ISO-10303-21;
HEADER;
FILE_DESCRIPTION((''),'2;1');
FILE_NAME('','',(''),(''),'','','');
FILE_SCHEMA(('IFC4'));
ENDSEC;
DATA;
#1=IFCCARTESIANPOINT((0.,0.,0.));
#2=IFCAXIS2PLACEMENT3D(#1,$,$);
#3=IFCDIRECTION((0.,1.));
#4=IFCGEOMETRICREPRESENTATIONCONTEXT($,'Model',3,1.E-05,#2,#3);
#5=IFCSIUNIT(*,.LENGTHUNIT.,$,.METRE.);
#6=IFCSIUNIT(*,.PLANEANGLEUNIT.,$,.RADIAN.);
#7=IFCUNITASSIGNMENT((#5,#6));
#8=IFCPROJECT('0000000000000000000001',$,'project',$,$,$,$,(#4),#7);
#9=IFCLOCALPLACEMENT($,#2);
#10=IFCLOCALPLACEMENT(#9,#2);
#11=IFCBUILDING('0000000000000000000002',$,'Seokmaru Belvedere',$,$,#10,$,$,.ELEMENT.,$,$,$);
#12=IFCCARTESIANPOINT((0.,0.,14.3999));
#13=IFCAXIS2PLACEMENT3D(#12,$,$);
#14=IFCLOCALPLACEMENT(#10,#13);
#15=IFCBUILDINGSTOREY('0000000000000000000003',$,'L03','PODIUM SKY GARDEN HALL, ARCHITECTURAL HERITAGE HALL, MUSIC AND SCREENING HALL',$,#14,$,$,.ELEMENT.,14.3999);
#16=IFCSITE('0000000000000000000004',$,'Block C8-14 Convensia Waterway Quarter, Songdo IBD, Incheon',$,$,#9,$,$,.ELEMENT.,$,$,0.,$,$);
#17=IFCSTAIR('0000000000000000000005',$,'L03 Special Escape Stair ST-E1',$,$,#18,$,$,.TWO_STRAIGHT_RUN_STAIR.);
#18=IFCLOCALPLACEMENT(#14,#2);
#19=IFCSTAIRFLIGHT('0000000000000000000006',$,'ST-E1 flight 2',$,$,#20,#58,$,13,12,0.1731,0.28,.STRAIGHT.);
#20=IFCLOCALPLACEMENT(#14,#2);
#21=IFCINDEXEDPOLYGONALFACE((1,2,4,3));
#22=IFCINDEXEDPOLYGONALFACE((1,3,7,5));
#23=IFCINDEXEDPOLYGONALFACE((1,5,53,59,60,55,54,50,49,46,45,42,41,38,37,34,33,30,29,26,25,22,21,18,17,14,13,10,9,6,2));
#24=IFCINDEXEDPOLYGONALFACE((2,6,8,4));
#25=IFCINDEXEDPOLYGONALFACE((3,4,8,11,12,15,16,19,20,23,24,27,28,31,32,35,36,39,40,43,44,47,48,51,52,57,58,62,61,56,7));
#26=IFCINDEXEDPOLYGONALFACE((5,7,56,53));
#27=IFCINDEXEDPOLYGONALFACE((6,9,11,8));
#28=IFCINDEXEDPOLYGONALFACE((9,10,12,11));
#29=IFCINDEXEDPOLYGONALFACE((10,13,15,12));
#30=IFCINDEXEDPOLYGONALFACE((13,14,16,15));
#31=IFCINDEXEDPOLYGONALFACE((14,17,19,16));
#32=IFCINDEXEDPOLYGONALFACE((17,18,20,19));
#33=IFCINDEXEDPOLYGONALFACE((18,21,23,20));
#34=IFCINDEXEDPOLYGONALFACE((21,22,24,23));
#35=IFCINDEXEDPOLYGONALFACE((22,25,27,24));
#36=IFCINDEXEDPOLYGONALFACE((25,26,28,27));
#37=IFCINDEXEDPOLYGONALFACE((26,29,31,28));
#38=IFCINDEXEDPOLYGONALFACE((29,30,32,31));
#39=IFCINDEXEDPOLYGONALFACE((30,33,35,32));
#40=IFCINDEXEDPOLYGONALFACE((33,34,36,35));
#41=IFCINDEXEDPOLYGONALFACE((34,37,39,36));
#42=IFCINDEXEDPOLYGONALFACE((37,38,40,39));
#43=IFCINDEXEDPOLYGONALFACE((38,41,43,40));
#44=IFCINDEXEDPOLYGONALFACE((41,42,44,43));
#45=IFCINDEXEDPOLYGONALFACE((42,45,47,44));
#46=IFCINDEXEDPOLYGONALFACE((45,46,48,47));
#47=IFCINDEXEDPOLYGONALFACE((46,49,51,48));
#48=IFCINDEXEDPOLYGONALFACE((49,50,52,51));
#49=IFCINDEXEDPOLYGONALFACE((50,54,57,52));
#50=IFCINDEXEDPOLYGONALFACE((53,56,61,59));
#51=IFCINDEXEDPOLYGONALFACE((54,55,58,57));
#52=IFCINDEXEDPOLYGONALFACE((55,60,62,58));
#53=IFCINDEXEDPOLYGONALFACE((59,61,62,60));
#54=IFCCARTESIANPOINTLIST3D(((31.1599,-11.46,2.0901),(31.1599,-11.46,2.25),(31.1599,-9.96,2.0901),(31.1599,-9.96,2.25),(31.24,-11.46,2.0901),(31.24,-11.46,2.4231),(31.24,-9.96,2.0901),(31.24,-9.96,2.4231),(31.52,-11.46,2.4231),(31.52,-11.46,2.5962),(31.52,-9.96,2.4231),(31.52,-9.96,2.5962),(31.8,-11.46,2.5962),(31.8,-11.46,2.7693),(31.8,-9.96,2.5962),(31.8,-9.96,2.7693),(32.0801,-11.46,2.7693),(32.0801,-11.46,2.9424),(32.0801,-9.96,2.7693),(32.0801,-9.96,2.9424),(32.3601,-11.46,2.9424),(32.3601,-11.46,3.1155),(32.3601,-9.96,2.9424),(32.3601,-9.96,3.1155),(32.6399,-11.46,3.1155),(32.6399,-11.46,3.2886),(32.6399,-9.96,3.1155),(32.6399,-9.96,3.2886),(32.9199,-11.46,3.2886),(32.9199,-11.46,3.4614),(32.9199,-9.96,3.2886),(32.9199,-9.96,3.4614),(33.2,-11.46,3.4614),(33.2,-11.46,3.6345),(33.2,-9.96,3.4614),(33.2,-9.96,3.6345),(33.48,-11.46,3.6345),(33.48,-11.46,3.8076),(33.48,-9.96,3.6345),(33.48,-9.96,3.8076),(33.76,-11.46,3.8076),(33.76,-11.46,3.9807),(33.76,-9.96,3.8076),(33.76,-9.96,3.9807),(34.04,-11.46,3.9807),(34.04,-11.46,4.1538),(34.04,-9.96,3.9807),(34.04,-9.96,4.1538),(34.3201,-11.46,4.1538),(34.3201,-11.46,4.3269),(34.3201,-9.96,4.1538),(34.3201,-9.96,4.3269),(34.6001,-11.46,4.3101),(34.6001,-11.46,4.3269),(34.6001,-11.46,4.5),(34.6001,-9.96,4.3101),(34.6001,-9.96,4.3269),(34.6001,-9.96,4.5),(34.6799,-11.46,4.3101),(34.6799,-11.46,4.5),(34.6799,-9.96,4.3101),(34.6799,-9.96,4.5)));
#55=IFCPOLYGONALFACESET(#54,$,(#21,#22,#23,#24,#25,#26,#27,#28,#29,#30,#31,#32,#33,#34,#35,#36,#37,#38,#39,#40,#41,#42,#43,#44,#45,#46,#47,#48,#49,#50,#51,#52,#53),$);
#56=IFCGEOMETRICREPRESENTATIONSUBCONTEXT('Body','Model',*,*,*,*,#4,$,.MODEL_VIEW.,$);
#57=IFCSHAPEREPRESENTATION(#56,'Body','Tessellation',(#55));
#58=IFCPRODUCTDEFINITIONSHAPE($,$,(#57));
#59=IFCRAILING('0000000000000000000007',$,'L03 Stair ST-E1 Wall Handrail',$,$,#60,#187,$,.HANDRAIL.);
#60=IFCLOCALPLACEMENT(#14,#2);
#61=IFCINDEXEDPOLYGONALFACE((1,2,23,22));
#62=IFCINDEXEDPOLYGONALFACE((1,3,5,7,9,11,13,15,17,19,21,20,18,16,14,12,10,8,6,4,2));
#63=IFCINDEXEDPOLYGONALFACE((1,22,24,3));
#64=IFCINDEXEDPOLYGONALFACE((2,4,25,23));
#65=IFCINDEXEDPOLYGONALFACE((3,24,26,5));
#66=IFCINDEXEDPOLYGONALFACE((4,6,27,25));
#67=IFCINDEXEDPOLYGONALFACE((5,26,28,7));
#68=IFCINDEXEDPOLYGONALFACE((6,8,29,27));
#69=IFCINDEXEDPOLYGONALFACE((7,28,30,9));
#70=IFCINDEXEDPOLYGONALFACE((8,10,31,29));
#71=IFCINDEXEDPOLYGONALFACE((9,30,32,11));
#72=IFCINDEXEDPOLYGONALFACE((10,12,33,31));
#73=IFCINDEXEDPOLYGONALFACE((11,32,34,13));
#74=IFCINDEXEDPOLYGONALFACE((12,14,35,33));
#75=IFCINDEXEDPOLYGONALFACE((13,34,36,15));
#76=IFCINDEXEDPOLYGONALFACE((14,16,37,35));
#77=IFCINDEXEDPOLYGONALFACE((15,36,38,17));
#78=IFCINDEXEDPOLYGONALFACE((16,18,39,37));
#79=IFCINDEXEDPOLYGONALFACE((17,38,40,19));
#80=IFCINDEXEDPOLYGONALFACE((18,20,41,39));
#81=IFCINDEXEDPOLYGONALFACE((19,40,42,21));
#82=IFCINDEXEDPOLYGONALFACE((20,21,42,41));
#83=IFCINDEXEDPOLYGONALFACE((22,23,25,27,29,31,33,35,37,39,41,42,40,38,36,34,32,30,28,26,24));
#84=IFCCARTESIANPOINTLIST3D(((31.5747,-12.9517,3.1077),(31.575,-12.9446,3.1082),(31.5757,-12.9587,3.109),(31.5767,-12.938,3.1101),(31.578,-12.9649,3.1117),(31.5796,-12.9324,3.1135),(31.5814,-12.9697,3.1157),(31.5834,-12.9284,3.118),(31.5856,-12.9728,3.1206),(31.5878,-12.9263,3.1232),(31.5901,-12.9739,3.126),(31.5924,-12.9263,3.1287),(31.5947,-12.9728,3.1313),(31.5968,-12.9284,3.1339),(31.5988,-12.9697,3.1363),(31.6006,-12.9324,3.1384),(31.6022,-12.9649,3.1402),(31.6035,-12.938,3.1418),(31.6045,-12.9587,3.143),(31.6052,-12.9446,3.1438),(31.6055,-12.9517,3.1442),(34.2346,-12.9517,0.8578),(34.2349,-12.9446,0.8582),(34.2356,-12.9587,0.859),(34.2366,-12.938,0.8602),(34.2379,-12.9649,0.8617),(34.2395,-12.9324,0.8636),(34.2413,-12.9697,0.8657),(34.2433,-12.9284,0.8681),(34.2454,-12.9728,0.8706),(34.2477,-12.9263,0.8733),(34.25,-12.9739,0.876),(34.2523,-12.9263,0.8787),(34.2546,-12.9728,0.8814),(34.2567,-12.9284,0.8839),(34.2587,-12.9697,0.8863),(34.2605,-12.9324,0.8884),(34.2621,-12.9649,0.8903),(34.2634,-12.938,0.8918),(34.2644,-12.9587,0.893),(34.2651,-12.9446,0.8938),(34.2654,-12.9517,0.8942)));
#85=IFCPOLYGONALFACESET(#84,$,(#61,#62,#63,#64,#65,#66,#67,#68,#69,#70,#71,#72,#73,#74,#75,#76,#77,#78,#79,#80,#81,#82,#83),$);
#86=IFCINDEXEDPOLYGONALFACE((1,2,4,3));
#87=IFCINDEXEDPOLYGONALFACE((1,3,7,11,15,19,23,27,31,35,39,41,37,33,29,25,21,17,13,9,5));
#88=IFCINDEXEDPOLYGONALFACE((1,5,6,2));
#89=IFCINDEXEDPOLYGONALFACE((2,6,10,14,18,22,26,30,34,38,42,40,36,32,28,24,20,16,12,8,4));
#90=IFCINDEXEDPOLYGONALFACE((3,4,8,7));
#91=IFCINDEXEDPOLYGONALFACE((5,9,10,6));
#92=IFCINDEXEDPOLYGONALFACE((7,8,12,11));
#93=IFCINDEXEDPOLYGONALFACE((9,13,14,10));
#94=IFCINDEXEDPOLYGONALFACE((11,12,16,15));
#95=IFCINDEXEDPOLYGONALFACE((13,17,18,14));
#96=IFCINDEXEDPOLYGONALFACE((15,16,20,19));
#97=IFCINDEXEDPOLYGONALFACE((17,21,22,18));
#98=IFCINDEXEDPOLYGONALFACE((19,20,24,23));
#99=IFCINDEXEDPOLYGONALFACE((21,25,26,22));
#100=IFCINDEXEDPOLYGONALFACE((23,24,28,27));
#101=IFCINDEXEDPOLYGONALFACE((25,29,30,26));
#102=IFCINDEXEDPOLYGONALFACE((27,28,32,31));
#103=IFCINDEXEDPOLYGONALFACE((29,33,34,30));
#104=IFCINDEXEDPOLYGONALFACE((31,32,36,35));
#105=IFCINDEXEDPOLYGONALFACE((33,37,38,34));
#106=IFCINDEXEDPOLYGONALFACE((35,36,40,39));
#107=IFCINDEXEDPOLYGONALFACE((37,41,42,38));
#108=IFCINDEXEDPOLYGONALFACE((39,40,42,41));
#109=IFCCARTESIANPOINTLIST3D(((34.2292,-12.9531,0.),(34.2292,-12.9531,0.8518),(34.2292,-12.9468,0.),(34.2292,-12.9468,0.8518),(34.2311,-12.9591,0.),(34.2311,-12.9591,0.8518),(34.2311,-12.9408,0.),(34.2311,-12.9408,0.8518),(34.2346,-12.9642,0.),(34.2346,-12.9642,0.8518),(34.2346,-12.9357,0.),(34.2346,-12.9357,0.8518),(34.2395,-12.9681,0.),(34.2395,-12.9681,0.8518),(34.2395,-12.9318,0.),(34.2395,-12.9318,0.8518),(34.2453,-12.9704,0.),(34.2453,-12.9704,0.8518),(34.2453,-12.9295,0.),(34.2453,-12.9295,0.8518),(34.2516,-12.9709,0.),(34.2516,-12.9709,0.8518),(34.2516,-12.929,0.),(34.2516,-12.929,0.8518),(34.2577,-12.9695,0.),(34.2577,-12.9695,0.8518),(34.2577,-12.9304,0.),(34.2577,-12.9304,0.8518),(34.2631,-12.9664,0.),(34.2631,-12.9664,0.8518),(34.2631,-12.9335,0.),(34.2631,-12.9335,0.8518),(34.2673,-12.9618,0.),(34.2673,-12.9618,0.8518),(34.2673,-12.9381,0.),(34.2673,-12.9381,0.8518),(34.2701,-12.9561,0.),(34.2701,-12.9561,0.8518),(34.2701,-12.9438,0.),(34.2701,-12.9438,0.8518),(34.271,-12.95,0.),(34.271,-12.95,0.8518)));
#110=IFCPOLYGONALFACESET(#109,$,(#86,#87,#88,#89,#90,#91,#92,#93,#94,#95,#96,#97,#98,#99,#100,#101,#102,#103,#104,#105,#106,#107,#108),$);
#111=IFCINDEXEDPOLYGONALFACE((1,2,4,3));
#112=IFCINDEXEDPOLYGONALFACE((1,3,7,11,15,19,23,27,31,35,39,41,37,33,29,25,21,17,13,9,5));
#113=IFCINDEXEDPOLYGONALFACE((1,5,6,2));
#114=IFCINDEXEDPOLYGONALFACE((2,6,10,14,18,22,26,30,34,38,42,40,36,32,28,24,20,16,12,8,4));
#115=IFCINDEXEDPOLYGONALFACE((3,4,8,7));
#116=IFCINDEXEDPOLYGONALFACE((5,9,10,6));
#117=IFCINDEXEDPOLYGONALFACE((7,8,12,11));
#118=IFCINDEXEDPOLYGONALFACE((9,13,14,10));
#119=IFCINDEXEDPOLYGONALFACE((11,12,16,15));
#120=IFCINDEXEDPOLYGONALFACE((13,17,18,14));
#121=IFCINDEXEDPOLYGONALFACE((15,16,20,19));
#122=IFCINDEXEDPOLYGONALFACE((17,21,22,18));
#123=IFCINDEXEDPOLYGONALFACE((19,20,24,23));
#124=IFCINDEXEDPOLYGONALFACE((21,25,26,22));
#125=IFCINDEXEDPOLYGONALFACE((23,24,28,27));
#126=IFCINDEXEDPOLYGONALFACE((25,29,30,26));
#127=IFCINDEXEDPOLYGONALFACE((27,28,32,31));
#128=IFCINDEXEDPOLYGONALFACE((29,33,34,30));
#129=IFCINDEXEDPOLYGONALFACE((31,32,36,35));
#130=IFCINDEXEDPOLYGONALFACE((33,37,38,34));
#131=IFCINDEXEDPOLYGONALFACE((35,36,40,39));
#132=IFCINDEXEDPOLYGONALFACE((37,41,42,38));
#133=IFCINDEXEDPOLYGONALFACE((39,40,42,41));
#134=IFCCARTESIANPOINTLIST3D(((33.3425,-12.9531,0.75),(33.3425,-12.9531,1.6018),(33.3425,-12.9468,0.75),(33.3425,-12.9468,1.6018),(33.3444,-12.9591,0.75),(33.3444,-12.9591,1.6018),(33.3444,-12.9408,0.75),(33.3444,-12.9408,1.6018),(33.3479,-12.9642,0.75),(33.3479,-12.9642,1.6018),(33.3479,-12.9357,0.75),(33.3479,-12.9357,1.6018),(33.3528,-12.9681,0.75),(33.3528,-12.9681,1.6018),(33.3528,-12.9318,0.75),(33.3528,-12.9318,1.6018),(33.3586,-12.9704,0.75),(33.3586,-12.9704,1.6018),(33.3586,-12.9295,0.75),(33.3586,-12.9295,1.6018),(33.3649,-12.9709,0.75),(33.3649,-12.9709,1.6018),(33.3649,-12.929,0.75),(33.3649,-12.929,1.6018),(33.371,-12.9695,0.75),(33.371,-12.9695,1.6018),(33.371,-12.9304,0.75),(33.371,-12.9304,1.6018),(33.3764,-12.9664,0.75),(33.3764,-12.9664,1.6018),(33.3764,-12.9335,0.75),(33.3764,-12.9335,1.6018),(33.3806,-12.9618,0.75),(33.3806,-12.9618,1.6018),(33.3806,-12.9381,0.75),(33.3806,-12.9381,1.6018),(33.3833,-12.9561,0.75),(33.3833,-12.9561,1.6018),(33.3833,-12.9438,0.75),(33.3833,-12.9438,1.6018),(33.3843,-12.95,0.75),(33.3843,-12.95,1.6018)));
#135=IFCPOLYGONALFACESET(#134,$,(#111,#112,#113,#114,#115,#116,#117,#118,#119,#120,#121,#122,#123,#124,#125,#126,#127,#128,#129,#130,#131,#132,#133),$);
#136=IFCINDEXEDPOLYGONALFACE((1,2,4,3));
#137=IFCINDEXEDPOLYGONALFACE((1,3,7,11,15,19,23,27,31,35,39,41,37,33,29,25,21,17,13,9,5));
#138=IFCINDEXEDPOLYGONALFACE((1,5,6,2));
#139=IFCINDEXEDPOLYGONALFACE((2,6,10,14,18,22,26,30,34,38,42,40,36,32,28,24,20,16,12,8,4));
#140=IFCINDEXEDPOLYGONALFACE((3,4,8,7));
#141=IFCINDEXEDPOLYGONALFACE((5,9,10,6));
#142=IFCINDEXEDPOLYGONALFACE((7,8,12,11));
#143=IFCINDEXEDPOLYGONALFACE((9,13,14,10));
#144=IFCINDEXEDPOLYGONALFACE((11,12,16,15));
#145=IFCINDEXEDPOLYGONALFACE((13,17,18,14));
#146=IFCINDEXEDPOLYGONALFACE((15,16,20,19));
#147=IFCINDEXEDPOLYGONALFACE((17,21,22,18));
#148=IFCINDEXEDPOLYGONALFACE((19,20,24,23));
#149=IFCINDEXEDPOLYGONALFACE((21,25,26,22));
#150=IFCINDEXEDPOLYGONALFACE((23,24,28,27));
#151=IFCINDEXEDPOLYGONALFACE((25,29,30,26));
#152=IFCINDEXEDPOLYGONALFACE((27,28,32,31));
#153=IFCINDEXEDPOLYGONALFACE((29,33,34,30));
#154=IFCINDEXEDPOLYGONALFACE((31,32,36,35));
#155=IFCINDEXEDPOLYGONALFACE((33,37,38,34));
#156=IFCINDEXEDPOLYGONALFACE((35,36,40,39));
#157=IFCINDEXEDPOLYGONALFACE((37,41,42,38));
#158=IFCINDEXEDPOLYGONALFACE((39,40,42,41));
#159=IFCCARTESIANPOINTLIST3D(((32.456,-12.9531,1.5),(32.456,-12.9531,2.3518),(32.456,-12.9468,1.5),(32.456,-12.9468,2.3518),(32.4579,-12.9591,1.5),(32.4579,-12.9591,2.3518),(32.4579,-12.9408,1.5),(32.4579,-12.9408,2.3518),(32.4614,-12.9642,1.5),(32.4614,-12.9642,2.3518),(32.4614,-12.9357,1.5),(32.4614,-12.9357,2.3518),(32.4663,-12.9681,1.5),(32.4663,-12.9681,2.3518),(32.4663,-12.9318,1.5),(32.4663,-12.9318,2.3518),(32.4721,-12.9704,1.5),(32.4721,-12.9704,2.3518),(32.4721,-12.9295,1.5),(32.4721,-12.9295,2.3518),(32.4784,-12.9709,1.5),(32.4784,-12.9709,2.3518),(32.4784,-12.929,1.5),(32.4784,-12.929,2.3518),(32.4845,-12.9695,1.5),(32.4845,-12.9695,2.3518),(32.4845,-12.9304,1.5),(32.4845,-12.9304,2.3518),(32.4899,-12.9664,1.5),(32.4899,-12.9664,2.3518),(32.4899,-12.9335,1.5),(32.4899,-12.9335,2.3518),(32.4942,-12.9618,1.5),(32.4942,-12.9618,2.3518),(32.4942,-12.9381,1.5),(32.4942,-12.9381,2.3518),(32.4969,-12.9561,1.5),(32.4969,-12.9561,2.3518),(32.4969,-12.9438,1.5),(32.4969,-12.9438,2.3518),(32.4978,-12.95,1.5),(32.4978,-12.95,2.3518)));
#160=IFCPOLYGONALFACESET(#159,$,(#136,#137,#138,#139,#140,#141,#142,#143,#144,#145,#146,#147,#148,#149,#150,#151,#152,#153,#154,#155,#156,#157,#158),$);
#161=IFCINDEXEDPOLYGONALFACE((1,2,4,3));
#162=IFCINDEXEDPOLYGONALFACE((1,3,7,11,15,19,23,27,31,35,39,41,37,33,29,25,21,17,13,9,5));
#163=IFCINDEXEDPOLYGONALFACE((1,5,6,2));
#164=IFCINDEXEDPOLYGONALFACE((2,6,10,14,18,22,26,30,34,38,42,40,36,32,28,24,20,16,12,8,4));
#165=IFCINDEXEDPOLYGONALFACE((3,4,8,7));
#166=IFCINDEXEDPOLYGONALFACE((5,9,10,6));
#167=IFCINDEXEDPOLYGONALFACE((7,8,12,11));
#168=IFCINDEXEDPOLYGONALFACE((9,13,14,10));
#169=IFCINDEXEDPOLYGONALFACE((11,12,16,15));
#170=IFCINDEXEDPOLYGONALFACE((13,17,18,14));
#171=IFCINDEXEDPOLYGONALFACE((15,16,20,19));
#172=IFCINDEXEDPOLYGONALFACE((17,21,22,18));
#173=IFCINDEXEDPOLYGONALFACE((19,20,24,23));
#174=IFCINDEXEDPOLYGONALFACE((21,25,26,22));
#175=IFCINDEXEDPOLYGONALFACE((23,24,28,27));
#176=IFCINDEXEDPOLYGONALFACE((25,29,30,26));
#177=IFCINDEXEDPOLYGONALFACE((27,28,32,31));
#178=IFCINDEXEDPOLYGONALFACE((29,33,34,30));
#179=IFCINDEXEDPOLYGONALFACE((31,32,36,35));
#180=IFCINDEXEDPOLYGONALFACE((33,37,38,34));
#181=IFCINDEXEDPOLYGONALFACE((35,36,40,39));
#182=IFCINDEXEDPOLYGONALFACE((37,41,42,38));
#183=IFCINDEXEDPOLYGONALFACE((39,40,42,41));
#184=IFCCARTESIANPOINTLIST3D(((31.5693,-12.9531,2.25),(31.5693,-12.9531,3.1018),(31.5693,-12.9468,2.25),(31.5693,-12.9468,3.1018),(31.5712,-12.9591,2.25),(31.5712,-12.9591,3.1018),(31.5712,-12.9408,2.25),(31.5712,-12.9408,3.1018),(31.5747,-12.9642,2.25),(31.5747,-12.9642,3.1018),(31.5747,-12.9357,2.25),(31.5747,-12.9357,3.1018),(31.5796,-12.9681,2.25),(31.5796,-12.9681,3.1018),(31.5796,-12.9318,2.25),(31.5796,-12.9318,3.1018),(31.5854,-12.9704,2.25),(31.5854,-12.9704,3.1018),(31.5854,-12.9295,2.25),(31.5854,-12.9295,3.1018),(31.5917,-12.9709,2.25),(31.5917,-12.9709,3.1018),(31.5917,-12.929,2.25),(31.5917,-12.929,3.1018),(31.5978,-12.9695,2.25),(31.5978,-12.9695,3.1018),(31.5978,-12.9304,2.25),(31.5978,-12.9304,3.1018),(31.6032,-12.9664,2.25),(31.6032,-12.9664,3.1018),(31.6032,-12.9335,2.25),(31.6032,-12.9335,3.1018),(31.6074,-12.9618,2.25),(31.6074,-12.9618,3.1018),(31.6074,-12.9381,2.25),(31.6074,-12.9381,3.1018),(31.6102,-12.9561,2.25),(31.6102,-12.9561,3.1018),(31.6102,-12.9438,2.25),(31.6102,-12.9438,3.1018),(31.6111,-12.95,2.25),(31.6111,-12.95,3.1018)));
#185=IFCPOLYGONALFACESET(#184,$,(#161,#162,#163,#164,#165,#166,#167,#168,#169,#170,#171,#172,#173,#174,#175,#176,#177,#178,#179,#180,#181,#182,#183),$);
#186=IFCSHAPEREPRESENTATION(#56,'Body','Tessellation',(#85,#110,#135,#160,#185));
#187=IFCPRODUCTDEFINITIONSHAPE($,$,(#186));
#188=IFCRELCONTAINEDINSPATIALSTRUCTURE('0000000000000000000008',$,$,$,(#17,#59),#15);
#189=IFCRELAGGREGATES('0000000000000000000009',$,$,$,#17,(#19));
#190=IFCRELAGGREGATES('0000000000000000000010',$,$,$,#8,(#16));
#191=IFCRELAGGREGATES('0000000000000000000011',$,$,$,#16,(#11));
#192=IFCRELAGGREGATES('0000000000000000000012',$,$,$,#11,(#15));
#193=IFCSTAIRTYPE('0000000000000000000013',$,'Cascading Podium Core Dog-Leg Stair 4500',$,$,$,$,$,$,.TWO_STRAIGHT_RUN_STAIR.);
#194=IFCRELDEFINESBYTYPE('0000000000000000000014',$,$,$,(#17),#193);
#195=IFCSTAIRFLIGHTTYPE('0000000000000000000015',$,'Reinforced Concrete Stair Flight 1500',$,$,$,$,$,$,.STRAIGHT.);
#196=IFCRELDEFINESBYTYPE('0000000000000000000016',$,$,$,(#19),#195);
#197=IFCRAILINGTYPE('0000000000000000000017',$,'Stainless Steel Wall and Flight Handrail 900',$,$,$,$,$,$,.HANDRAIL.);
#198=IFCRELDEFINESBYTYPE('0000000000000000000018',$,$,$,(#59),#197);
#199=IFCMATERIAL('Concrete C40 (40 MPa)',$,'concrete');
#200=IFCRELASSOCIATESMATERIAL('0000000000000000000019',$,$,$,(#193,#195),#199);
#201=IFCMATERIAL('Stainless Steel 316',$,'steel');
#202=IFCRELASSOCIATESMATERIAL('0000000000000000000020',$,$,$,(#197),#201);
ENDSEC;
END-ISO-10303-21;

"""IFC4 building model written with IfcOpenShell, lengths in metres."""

from ifc_helpers import new_model, si_unit, direction, frame, origin, origin_2d, place, context, subcontext, project, spatial, polyline, circle, outline, extrude, material, type_object, element, aggregate, save


model = new_model("IFC4")

# Units and contexts
model_context = context("Model", 3, precision=1e-05, world=origin(), true_north=direction((0.0, 1.0)))
body_context = subcontext(model_context, "Body", "Model", "MODEL_VIEW")
ifc_project = project(units=[si_unit("LENGTHUNIT", "METRE"), si_unit("PLANEANGLEUNIT", "RADIAN")], contexts=[model_context])

# Site, building, storey
site_placement = place(None, origin())
site = spatial("IfcSite", under=ifc_project, at=site_placement, Name="Block C8-14 Convensia Waterway Quarter, Songdo IBD, Incheon", CompositionType="ELEMENT", RefElevation=0.0)
building_placement = place(site_placement, origin())
building = spatial("IfcBuilding", under=site, at=building_placement, Name="Seokmaru Belvedere", CompositionType="ELEMENT")
storey_placement = place(building_placement, frame((0.0, 0.0, 14.3999)))
storey = spatial("IfcBuildingStorey", under=building, at=storey_placement, Name="L03", Description="PODIUM SKY GARDEN HALL, ARCHITECTURAL HERITAGE HALL, MUSIC AND SCREENING HALL", CompositionType="ELEMENT", Elevation=14.3999)

# Shared definitions
ifc_material_1 = material(Name="Stainless Steel 316", Category="steel")

# Shared definitions
ifc_material_2 = material(Name="Concrete C40 (40 MPa)", Category="concrete")

# Stair, stair flight
stair_type = type_object("IfcStairType", Name="Cascading Podium Core Dog-Leg Stair 4500", PredefinedType="TWO_STRAIGHT_RUN_STAIR", material=ifc_material_2)
stair_placement = place(storey_placement, origin())
stair = element("IfcStair", 1, at=stair_placement, inside=storey, type_object=stair_type, Name="L03 Special Escape Stair ST-E1", PredefinedType="TWO_STRAIGHT_RUN_STAIR")
stair_flight_type = type_object("IfcStairFlightType", Name="Reinforced Concrete Stair Flight 1500", PredefinedType="STRAIGHT", material=ifc_material_2)
stair_flight_1_placement = place(storey_placement, frame((31.24, -10.71, 2.25), z_axis=(0.0, 0.0, 1.0), x_axis=(1.0, 0.0, 0.0)))
stair_flight_1 = element("IfcStairFlight", 2, at=stair_flight_1_placement, type_object=stair_flight_type, Name="ST-E1 flight 2", NumberOfRisers=13, NumberOfTreads=12, PredefinedType="STRAIGHT", RiserHeight=0.1731, TreadLength=0.28, context=body_context, shape_type="SweptSolid", body=[
    extrude(outline(polyline([(-0.0801, 0.0), (0.0, 0.1731), (0.28, 0.1731), (0.28, 0.3462), (0.5601, 0.3462), (0.5601, 0.5193), (0.8401, 0.5193), (0.8401, 0.6924), (1.1201, 0.6924), (1.1201, 0.8655), (1.3999, 0.8655), (1.3999, 1.0386), (1.6799, 1.0386), (1.6799, 1.2114), (1.96, 1.2114), (1.96, 1.3845), (2.24, 1.3845), (2.24, 1.5576), (2.52, 1.5576), (2.52, 1.7307), (2.8, 1.7307), (2.8, 1.9038), (3.0801, 1.9038), (3.0801, 2.0769), (3.3601, 2.0769), (3.3601, 2.25), (3.4399, 2.25), (3.4399, 2.0601), (3.3601, 2.0601), (0.0, -0.1599), (-0.0801, -0.1599), (-0.0801, 0.0)])), frame((0.0, 0.75, 0.0), z_axis=(0.0, -1.0, 0.0), x_axis=(1.0, 0.0, 0.0)), (0.0, 0.0, 1.0), 1.5),
])
aggregate(stair, [stair_flight_1])

# Railing
railing_type_1 = type_object("IfcRailingType", Name="Stainless Steel Wall and Flight Handrail 900", PredefinedType="HANDRAIL", material=ifc_material_1)
railing_1_placement = place(storey_placement, frame((34.25, -12.95, 0.0)))
element("IfcRailing", 3, at=railing_1_placement, inside=storey, type_object=railing_type_1, Name="L03 Stair ST-E1 Wall Handrail", PredefinedType="HANDRAIL", context=body_context, shape_type="SweptSolid", body=[
    extrude(circle(Radius=0.0239, at=origin_2d()), frame((0.0, 0.0, 0.876), z_axis=(-0.763485, 0.0, 0.645826), x_axis=(0.0, -1.0, 0.0)), (0.0, 0.0, 1.0), 3.4839),
    extrude(circle(Radius=0.021, at=origin_2d()), origin(), (0.0, 0.0, 1.0), 0.8518),
    extrude(circle(Radius=0.021, at=origin_2d()), frame((-0.8867, 0.0, 0.75)), (0.0, 0.0, 1.0), 0.8518),
    extrude(circle(Radius=0.021, at=origin_2d()), frame((-1.7732, 0.0, 1.5)), (0.0, 0.0, 1.0), 0.8518),
    extrude(circle(Radius=0.021, at=origin_2d()), frame((-2.6599, 0.0, 2.25)), (0.0, 0.0, 1.0), 0.8518),
])

save(model, "model.ifc")
